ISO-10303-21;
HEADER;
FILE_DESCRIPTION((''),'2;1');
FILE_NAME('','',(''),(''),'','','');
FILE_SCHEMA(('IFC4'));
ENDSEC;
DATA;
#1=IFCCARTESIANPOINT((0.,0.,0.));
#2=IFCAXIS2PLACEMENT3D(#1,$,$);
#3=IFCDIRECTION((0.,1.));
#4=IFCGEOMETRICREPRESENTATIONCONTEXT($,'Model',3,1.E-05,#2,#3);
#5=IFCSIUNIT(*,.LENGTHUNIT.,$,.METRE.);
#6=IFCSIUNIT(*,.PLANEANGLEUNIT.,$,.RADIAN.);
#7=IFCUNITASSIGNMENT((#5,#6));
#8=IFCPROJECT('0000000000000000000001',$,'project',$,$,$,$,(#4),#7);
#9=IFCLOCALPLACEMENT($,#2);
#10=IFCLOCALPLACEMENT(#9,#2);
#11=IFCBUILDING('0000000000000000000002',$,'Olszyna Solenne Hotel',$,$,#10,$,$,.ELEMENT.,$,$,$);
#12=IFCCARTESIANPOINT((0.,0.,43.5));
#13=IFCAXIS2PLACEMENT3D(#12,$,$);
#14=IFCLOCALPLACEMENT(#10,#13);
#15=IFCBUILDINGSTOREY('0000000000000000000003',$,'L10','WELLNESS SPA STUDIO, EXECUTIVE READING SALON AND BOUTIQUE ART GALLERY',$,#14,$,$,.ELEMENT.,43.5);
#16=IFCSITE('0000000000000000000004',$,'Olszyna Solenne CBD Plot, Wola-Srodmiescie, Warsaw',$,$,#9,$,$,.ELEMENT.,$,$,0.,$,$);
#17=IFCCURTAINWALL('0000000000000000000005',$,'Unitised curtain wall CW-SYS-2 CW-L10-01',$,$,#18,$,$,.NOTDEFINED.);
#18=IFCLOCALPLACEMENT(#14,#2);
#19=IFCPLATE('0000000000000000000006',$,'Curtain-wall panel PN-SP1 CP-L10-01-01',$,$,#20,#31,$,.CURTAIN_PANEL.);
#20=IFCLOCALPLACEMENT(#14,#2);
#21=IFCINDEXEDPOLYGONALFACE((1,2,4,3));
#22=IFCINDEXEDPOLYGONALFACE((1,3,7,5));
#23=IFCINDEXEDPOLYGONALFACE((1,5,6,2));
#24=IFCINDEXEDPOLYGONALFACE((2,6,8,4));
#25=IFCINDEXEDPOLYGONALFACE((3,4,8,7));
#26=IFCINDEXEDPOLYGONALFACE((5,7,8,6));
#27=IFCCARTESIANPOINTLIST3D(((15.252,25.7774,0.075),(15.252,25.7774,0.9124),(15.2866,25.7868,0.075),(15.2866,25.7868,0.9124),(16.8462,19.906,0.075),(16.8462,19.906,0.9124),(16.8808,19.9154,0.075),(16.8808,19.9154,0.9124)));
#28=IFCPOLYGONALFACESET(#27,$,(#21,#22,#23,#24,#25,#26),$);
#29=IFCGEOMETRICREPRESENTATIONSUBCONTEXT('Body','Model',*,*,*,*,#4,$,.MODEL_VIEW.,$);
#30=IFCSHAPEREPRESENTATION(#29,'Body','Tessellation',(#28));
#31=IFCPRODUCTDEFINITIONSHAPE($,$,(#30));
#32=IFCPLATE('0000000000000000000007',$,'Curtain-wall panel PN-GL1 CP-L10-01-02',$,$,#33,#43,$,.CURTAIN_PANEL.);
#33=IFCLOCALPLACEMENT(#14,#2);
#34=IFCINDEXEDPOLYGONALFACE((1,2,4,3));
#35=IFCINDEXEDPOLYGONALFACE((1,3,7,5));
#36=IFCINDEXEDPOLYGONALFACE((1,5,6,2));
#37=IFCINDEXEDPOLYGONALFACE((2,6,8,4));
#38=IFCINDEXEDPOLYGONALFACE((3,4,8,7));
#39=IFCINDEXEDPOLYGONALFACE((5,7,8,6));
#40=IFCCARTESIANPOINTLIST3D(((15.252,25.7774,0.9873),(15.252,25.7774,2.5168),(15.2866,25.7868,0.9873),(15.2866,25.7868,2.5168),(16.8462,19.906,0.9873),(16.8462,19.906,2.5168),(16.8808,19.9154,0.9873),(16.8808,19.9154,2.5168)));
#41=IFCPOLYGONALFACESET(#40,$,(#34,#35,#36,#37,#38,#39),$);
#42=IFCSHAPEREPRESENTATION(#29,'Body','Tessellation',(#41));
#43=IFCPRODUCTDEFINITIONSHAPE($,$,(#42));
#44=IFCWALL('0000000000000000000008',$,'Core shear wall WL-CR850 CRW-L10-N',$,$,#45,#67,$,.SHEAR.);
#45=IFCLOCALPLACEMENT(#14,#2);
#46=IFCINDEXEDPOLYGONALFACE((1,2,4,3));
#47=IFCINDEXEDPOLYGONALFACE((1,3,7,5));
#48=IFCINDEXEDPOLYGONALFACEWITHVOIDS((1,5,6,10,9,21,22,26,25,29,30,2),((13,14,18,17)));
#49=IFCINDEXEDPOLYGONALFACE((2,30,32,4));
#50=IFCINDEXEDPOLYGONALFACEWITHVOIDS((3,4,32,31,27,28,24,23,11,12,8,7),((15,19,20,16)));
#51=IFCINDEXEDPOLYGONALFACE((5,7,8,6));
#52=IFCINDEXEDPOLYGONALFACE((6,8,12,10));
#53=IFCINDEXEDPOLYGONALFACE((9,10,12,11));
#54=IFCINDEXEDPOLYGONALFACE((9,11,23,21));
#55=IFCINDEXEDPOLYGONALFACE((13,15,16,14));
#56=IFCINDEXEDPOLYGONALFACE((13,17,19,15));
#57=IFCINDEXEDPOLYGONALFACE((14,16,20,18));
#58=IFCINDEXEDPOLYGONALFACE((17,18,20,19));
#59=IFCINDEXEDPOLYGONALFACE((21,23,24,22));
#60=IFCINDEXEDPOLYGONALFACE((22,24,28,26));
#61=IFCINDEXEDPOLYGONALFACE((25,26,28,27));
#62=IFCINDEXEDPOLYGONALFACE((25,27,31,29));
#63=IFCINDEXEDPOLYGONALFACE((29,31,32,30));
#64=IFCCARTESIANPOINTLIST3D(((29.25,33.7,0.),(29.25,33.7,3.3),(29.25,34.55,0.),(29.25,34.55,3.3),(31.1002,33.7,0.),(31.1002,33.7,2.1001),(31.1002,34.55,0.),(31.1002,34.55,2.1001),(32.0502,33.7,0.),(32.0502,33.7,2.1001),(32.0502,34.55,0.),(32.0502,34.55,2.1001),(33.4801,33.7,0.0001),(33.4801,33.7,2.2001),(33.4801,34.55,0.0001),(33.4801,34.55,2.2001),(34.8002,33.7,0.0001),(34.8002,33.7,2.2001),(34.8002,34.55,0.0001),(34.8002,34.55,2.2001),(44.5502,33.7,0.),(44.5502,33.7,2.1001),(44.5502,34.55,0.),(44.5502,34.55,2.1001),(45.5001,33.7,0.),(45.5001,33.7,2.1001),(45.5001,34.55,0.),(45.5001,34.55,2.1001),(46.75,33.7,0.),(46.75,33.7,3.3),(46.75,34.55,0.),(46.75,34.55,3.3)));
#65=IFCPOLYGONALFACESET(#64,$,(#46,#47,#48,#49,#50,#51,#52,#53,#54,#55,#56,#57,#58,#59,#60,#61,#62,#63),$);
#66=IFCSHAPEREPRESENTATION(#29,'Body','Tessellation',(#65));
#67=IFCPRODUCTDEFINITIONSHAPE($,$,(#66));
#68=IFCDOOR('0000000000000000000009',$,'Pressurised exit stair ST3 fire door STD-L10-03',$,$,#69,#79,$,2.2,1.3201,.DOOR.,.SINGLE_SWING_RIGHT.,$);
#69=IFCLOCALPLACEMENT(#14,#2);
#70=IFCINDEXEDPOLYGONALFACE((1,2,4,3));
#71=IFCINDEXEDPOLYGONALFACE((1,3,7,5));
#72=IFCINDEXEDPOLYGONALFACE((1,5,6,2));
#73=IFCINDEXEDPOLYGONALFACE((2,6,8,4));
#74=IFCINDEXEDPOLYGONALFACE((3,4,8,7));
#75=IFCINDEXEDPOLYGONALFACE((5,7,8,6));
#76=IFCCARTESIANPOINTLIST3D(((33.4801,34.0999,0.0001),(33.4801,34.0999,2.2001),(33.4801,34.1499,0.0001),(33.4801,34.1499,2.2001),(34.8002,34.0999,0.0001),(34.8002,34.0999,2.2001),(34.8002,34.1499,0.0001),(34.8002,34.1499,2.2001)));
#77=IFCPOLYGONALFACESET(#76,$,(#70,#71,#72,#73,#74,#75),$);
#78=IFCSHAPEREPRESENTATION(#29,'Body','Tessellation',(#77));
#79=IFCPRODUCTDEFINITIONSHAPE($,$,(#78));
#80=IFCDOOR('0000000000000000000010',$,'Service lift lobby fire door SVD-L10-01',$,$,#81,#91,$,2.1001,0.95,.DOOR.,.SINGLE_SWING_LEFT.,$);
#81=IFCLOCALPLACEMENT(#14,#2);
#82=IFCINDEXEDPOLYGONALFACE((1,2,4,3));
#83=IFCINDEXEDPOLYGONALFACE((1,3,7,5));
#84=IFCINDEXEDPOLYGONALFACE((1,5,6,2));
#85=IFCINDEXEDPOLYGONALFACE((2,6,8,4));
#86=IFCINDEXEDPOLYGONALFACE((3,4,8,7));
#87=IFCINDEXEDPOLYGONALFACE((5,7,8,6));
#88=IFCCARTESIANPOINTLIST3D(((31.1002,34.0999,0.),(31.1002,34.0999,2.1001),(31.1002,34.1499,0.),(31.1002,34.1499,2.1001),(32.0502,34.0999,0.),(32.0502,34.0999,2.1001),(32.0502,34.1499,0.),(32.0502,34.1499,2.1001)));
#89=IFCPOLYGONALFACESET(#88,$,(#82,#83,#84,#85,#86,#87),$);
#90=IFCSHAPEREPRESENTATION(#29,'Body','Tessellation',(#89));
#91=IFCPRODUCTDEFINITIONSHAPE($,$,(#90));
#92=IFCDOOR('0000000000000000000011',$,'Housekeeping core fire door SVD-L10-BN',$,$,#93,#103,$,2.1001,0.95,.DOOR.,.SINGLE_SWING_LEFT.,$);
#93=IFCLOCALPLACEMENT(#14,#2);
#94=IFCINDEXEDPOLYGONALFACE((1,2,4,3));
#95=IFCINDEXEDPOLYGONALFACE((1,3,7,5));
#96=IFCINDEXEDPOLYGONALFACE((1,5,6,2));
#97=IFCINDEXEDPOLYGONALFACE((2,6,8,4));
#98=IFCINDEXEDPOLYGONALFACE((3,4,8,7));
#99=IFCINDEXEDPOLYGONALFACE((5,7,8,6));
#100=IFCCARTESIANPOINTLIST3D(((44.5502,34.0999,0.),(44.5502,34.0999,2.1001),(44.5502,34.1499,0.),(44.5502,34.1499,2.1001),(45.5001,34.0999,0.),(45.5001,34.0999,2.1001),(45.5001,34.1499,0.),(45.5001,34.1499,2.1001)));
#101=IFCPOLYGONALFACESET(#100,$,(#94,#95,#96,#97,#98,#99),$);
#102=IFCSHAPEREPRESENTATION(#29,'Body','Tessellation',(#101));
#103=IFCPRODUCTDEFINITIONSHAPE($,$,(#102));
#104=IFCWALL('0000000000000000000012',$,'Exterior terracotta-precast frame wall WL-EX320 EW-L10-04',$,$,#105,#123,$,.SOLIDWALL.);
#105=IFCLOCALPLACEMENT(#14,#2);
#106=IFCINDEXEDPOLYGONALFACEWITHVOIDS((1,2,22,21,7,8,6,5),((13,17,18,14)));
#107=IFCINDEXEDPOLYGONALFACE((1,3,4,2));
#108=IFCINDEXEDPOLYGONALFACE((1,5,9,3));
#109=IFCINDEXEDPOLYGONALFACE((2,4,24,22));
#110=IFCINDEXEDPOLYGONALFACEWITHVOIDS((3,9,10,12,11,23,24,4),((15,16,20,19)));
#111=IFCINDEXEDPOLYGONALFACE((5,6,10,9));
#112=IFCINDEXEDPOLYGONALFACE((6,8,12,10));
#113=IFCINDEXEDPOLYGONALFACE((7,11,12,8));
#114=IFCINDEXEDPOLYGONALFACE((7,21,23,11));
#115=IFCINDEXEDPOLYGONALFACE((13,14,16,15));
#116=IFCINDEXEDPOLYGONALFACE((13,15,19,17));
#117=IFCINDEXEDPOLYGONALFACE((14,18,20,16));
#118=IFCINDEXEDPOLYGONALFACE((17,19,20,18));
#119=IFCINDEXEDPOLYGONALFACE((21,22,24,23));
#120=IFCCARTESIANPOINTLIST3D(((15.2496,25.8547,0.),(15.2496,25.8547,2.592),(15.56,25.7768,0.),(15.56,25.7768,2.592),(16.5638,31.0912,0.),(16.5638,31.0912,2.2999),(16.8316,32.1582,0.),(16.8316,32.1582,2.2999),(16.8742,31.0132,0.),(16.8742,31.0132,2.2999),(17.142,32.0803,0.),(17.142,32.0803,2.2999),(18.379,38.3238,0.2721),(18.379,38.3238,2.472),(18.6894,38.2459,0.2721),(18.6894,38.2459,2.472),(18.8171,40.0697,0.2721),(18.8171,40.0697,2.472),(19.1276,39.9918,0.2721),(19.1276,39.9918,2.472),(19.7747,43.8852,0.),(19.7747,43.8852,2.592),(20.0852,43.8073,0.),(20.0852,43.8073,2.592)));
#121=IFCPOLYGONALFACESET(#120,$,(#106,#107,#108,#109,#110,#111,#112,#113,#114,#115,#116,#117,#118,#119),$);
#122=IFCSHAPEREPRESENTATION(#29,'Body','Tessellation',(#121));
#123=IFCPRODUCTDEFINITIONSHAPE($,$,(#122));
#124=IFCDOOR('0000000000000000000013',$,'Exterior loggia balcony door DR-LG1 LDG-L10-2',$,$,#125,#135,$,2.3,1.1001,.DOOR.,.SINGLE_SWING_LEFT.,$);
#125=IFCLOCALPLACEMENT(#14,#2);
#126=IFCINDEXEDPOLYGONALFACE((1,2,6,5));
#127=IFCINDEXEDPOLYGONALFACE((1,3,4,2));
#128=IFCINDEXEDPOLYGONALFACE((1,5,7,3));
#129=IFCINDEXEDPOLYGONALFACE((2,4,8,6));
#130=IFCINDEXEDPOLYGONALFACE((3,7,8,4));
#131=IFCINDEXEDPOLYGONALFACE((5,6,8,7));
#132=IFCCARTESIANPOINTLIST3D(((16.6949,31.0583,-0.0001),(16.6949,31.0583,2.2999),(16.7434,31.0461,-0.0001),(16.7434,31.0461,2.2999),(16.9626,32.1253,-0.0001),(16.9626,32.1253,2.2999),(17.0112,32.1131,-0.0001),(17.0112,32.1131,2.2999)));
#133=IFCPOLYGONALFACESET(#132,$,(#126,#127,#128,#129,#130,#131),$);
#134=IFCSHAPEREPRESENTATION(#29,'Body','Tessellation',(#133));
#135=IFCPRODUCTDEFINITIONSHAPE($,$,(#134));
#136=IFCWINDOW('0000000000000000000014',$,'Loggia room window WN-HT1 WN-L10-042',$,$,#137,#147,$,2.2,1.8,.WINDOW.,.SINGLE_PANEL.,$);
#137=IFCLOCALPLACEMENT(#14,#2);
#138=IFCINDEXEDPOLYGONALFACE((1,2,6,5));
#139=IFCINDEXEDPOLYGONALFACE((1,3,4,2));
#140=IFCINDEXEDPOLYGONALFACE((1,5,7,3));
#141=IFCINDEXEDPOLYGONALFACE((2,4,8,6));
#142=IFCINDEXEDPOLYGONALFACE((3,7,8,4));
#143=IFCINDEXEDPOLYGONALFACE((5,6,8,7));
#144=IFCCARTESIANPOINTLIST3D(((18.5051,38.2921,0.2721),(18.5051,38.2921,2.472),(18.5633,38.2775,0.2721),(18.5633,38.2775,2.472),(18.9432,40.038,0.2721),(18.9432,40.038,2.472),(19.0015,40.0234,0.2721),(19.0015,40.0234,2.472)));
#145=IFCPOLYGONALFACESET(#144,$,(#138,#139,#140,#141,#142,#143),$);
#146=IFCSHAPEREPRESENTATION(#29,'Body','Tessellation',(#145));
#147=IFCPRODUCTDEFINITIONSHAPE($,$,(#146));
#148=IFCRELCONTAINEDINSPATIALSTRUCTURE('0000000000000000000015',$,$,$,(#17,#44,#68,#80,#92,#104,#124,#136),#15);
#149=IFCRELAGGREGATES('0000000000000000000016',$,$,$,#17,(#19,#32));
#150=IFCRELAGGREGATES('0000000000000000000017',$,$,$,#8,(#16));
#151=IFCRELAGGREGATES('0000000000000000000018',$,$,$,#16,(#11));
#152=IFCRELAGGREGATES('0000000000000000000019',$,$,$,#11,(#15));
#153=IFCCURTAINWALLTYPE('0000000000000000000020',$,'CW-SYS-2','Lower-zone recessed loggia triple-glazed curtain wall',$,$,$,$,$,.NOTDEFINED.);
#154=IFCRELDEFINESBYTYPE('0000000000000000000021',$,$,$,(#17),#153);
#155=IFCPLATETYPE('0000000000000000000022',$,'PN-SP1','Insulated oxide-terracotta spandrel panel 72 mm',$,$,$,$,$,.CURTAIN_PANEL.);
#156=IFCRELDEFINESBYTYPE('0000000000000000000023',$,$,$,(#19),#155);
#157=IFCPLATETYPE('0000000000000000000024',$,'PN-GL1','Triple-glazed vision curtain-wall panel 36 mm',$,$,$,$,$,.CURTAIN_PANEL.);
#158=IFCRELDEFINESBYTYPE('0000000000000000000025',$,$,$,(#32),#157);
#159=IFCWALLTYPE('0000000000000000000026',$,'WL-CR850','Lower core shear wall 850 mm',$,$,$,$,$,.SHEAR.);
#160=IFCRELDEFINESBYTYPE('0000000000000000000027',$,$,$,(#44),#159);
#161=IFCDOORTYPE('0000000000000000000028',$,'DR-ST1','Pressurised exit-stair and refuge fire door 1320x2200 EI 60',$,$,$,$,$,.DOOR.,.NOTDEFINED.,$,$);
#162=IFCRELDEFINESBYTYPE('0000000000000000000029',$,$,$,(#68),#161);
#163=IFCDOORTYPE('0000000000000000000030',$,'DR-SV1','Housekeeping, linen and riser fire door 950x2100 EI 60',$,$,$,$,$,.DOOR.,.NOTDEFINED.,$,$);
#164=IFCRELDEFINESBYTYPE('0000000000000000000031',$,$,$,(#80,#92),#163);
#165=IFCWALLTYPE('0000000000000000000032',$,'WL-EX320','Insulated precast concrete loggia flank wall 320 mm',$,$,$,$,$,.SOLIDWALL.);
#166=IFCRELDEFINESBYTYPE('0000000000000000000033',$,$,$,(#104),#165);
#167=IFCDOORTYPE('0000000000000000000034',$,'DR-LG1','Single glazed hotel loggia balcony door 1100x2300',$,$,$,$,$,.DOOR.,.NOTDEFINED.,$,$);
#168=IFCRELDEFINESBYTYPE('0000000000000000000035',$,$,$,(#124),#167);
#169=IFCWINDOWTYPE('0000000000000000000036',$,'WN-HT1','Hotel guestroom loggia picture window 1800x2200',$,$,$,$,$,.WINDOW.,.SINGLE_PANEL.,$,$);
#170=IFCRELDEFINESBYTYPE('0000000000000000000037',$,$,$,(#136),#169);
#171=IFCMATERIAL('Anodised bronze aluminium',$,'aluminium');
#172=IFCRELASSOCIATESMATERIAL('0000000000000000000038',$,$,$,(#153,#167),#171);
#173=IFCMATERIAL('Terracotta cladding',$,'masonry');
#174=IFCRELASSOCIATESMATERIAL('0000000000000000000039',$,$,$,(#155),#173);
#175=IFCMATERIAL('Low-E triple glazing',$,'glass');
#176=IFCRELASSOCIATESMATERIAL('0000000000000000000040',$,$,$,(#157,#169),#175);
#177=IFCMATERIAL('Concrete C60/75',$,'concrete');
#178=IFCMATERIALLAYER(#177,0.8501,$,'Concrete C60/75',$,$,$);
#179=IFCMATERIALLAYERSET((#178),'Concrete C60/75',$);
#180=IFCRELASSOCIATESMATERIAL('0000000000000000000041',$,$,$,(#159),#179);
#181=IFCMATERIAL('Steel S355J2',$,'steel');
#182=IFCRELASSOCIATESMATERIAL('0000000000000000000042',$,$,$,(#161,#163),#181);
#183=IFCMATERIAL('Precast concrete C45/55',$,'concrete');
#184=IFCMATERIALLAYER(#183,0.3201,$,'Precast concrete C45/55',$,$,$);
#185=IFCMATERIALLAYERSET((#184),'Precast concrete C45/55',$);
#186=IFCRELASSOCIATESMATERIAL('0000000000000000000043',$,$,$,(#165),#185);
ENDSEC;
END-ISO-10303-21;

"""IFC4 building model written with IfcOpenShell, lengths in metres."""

from ifc_helpers import new_model, si_unit, direction, frame, frame_2d, origin, origin_2d, place, context, subcontext, project, spatial, rectangle, extrude, source, transform, mapped, material, layer, layer_set, type_object, type_shapes, element, fill, aggregate, save


model = new_model("IFC4")

# Units and contexts
model_context = context("Model", 3, precision=1e-05, world=origin(), true_north=direction((0.0, 1.0)))
body_context = subcontext(model_context, "Body", "Model", "MODEL_VIEW")
ifc_project = project(units=[si_unit("LENGTHUNIT", "METRE"), si_unit("PLANEANGLEUNIT", "RADIAN")], contexts=[model_context])

# Site, building, storey
site_placement = place(None, origin())
site = spatial("IfcSite", under=ifc_project, at=site_placement, Name="Olszyna Solenne CBD Plot, Wola-Srodmiescie, Warsaw", CompositionType="ELEMENT", RefElevation=0.0)
building_placement = place(site_placement, origin())
building = spatial("IfcBuilding", under=site, at=building_placement, Name="Olszyna Solenne Hotel", CompositionType="ELEMENT")
storey_placement = place(building_placement, frame((0.0, 0.0, 43.5)))
storey = spatial("IfcBuildingStorey", under=building, at=storey_placement, Name="L10", Description="WELLNESS SPA STUDIO, EXECUTIVE READING SALON AND BOUTIQUE ART GALLERY", CompositionType="ELEMENT", Elevation=43.5)

# Shared definitions
ifc_material_1 = material(Name="Steel S355J2", Category="steel")

# Curtain wall
ifc_material_2 = material(Name="Anodised bronze aluminium", Category="aluminium")
curtain_wall_type = type_object("IfcCurtainWallType", Name="CW-SYS-2", Description="Lower-zone recessed loggia triple-glazed curtain wall", PredefinedType="NOTDEFINED", material=ifc_material_2)
curtain_wall_placement = place(storey_placement, origin())
curtain_wall = element("IfcCurtainWall", 1, at=curtain_wall_placement, inside=storey, type_object=curtain_wall_type, Name="Unitised curtain wall CW-SYS-2 CW-L10-01", PredefinedType="NOTDEFINED")

# Plates
ifc_material_3 = material(Name="Terracotta cladding", Category="masonry")
plate_type_1 = type_object("IfcPlateType", Name="PN-SP1", Description="Insulated oxide-terracotta spandrel panel 72 mm", PredefinedType="CURTAIN_PANEL", material=ifc_material_3)
shared_shape_1 = source(origin(), body_context, "Body", "SweptSolid", [
    extrude(rectangle(XDim=6.084, YDim=0.0359, at=origin_2d()), origin(), (0.0, 0.0, 1.0), 0.8374),
])
plate_1_placement = place(storey_placement, frame((16.0664, 22.8464, 0.075), z_axis=(0.0, 0.0, 1.0), x_axis=(0.262038, -0.965058, 0.0)))
plate_1 = element("IfcPlate", 2, at=plate_1_placement, type_object=plate_type_1, Name="Curtain-wall panel PN-SP1 CP-L10-01-01", PredefinedType="CURTAIN_PANEL", context=body_context, shape_type="MappedRepresentation", body=[
    mapped(shared_shape_1, transform((0.0, 0.0, 0.0), x_axis=(1.0, 0.0, 0.0), y_axis=(0.0, 1.0, 0.0), z_axis=(0.0, 0.0, 1.0), scale=1.0)),
])
ifc_material_4 = material(Name="Low-E triple glazing", Category="glass")
plate_type_2 = type_object("IfcPlateType", Name="PN-GL1", Description="Triple-glazed vision curtain-wall panel 36 mm", PredefinedType="CURTAIN_PANEL", material=ifc_material_4)
shared_shape_2 = source(origin(), body_context, "Body", "SweptSolid", [
    extrude(rectangle(XDim=6.084, YDim=0.0359, at=origin_2d()), origin(), (0.0, 0.0, 1.0), 1.5295),
])
plate_2_placement = place(storey_placement, frame((16.0664, 22.8464, 0.9873), z_axis=(0.0, 0.0, 1.0), x_axis=(0.262038, -0.965058, 0.0)))
plate_2 = element("IfcPlate", 3, at=plate_2_placement, type_object=plate_type_2, Name="Curtain-wall panel PN-GL1 CP-L10-01-02", PredefinedType="CURTAIN_PANEL", context=body_context, shape_type="MappedRepresentation", body=[
    mapped(shared_shape_2, transform((0.0, 0.0, 0.0), x_axis=(1.0, 0.0, 0.0), y_axis=(0.0, 1.0, 0.0), z_axis=(0.0, 0.0, 1.0), scale=1.0)),
])
aggregate(curtain_wall, [plate_1, plate_2])

# Wall, openings, doors
ifc_material_5 = material(Name="Concrete C60/75", Category="concrete")
ifc_layer_1 = layer(ifc_material_5, 0.8501, Name="Concrete C60/75")
ifc_layer_set_1 = layer_set([ifc_layer_1], Name="Concrete C60/75")
wall_type_1 = type_object("IfcWallType", Name="WL-CR850", Description="Lower core shear wall 850 mm", PredefinedType="SHEAR", material=ifc_layer_set_1)
wall_1_placement = place(storey_placement, frame((29.25, 34.125, 0.0), z_axis=(0.0, 0.0, 1.0), x_axis=(1.0, 0.0, 0.0)))
wall_1 = element("IfcWall", 4, at=wall_1_placement, inside=storey, type_object=wall_type_1, Name="Core shear wall WL-CR850 CRW-L10-N", PredefinedType="SHEAR", context=body_context, shape_type="SweptSolid", body=[
    extrude(rectangle(XDim=17.5, YDim=0.8501, at=frame_2d((8.75, 0.0))), origin(), (0.0, 0.0, 1.0), 3.3),
])
opening_1_placement = place(wall_1_placement, frame((1.8501, 0.0, 0.0)))
opening_1 = element("IfcOpeningElement", 5, at=opening_1_placement, cuts=wall_1, PredefinedType="OPENING", context=body_context, shape_type="SweptSolid", body=[
    extrude(rectangle(XDim=0.95, YDim=2.1001, at=frame_2d((0.4751, 1.05))), frame((0.0, 0.4351, 0.0), z_axis=(0.0, -1.0, 0.0), x_axis=(1.0, 0.0, 0.0)), (0.0, 0.0, 1.0), 0.8701),
])
opening_2_placement = place(wall_1_placement, frame((4.23, 0.0, 0.0)))
opening_2 = element("IfcOpeningElement", 6, at=opening_2_placement, cuts=wall_1, PredefinedType="OPENING", context=body_context, shape_type="SweptSolid", body=[
    extrude(rectangle(XDim=1.3201, YDim=2.2, at=frame_2d((0.6602, 1.1001))), frame((0.0, 0.4351, 0.0), z_axis=(0.0, -1.0, 0.0), x_axis=(1.0, 0.0, 0.0)), (0.0, 0.0, 1.0), 0.8701),
])
opening_3_placement = place(wall_1_placement, frame((15.3, 0.0, 0.0)))
opening_3 = element("IfcOpeningElement", 7, at=opening_3_placement, cuts=wall_1, PredefinedType="OPENING", context=body_context, shape_type="SweptSolid", body=[
    extrude(rectangle(XDim=0.95, YDim=2.1001, at=frame_2d((0.4751, 1.05))), frame((0.0, 0.4351, 0.0), z_axis=(0.0, -1.0, 0.0), x_axis=(1.0, 0.0, 0.0)), (0.0, 0.0, 1.0), 0.8701),
])
door_type_1 = type_object("IfcDoorType", Name="DR-ST1", Description="Pressurised exit-stair and refuge fire door 1320x2200 EI 60", OperationType="NOTDEFINED", PredefinedType="DOOR", material=ifc_material_1)
shared_shape_3 = source(origin(), body_context, "Body", "SweptSolid", [
    extrude(rectangle(XDim=1.3201, YDim=2.2, at=frame_2d((0.6602, 1.1001))), frame((0.0, 0.0249, 0.0), z_axis=(0.0, -1.0, 0.0), x_axis=(1.0, 0.0, 0.0)), (0.0, 0.0, 1.0), 0.05),
])
type_shapes(door_type_1, [shared_shape_3])
door_1_placement = place(opening_2_placement, origin())
door_1 = element("IfcDoor", 8, at=door_1_placement, inside=storey, type_object=door_type_1, Name="Pressurised exit stair ST3 fire door STD-L10-03", OperationType="SINGLE_SWING_RIGHT", OverallHeight=2.2, OverallWidth=1.3201, PredefinedType="DOOR", context=body_context, shape_type="MappedRepresentation", body=[
    mapped(shared_shape_3, transform((0.0, 0.0, 0.0), x_axis=(1.0, 0.0, 0.0), y_axis=(0.0, 1.0, 0.0), z_axis=(0.0, 0.0, 1.0), scale=1.0)),
])
fill(opening_2, door_1)
door_type_2 = type_object("IfcDoorType", Name="DR-SV1", Description="Housekeeping, linen and riser fire door 950x2100 EI 60", OperationType="NOTDEFINED", PredefinedType="DOOR", material=ifc_material_1)
shared_shape_4 = source(origin(), body_context, "Body", "SweptSolid", [
    extrude(rectangle(XDim=0.95, YDim=2.1001, at=frame_2d((0.4751, 1.05))), frame((0.0, 0.0249, 0.0), z_axis=(0.0, -1.0, 0.0), x_axis=(1.0, 0.0, 0.0)), (0.0, 0.0, 1.0), 0.05),
])
type_shapes(door_type_2, [shared_shape_4])
door_2_placement = place(opening_1_placement, origin())
door_2 = element("IfcDoor", 9, at=door_2_placement, inside=storey, type_object=door_type_2, Name="Service lift lobby fire door SVD-L10-01", OperationType="SINGLE_SWING_LEFT", OverallHeight=2.1001, OverallWidth=0.95, PredefinedType="DOOR", context=body_context, shape_type="MappedRepresentation", body=[
    mapped(shared_shape_4, transform((0.0, 0.0, 0.0), x_axis=(1.0, 0.0, 0.0), y_axis=(0.0, 1.0, 0.0), z_axis=(0.0, 0.0, 1.0), scale=1.0)),
])
fill(opening_1, door_2)
door_3_placement = place(opening_3_placement, origin())
door_3 = element("IfcDoor", 10, at=door_3_placement, inside=storey, type_object=door_type_2, Name="Housekeeping core fire door SVD-L10-BN", OperationType="SINGLE_SWING_LEFT", OverallHeight=2.1001, OverallWidth=0.95, PredefinedType="DOOR", context=body_context, shape_type="MappedRepresentation", body=[
    mapped(shared_shape_4, transform((0.0, 0.0, 0.0), x_axis=(1.0, 0.0, 0.0), y_axis=(0.0, 1.0, 0.0), z_axis=(0.0, 0.0, 1.0), scale=1.0)),
])
fill(opening_3, door_3)

# Wall, openings, door, window
ifc_material_6 = material(Name="Precast concrete C45/55", Category="concrete")
ifc_layer_2 = layer(ifc_material_6, 0.3201, Name="Precast concrete C45/55")
ifc_layer_set_2 = layer_set([ifc_layer_2], Name="Precast concrete C45/55")
wall_type_2 = type_object("IfcWallType", Name="WL-EX320", Description="Insulated precast concrete loggia flank wall 320 mm", PredefinedType="SOLIDWALL", material=ifc_layer_set_2)
wall_2_placement = place(storey_placement, frame((15.4048, 25.8157, 0.0), z_axis=(0.0, 0.0, 1.0), x_axis=(0.243422, 0.96992, 0.0)))
wall_2 = element("IfcWall", 11, at=wall_2_placement, inside=storey, type_object=wall_type_2, Name="Exterior terracotta-precast frame wall WL-EX320 EW-L10-04", PredefinedType="SOLIDWALL", context=body_context, shape_type="SweptSolid", body=[
    extrude(rectangle(XDim=18.5896, YDim=0.3201, at=frame_2d((9.2949, 0.0))), origin(), (0.0, 0.0, 1.0), 2.592),
])
opening_4_placement = place(wall_2_placement, frame((5.3989, 0.0, 0.0)))
opening_4 = element("IfcOpeningElement", 12, at=opening_4_placement, cuts=wall_2, PredefinedType="OPENING", context=body_context, shape_type="SweptSolid", body=[
    extrude(rectangle(XDim=1.1001, YDim=2.3, at=frame_2d((0.55, 1.1499))), frame((0.0, 0.1699, 0.0), z_axis=(0.0, -1.0, 0.0), x_axis=(1.0, 0.0, 0.0)), (0.0, 0.0, 1.0), 0.3401),
])
opening_5_placement = place(wall_2_placement, frame((12.856, 0.0, 0.272)))
opening_5 = element("IfcOpeningElement", 13, at=opening_5_placement, cuts=wall_2, PredefinedType="OPENING", context=body_context, shape_type="SweptSolid", body=[
    extrude(rectangle(XDim=1.8, YDim=2.2, at=frame_2d((0.8999, 1.1001))), frame((0.0, 0.1699, 0.0), z_axis=(0.0, -1.0, 0.0), x_axis=(1.0, 0.0, 0.0)), (0.0, 0.0, 1.0), 0.3401),
])
door_type_3 = type_object("IfcDoorType", Name="DR-LG1", Description="Single glazed hotel loggia balcony door 1100x2300", OperationType="NOTDEFINED", PredefinedType="DOOR", material=ifc_material_2)
shared_shape_5 = source(origin(), body_context, "Body", "SweptSolid", [
    extrude(rectangle(XDim=1.1001, YDim=2.3, at=frame_2d((0.55, 1.1499))), frame((0.0, 0.0249, 0.0), z_axis=(0.0, -1.0, 0.0), x_axis=(1.0, 0.0, 0.0)), (0.0, 0.0, 1.0), 0.05),
])
type_shapes(door_type_3, [shared_shape_5])
door_4_placement = place(opening_4_placement, origin())
door_4 = element("IfcDoor", 14, at=door_4_placement, inside=storey, type_object=door_type_3, Name="Exterior loggia balcony door DR-LG1 LDG-L10-2", OperationType="SINGLE_SWING_LEFT", OverallHeight=2.3, OverallWidth=1.1001, PredefinedType="DOOR", context=body_context, shape_type="MappedRepresentation", body=[
    mapped(shared_shape_5, transform((0.0, 0.0, 0.0), x_axis=(1.0, 0.0, 0.0), y_axis=(0.0, 1.0, 0.0), z_axis=(0.0, 0.0, 1.0), scale=1.0)),
])
fill(opening_4, door_4)
window_type = type_object("IfcWindowType", Name="WN-HT1", Description="Hotel guestroom loggia picture window 1800x2200", PartitioningType="SINGLE_PANEL", PredefinedType="WINDOW", material=ifc_material_4)
shared_shape_6 = source(origin(), body_context, "Body", "SweptSolid", [
    extrude(rectangle(XDim=1.8, YDim=2.2, at=frame_2d((0.8999, 1.1001))), frame((0.0, 0.03, 0.0), z_axis=(0.0, -1.0, 0.0), x_axis=(1.0, 0.0, 0.0)), (0.0, 0.0, 1.0), 0.0601),
])
type_shapes(window_type, [shared_shape_6])
window_placement = place(opening_5_placement, origin())
window = element("IfcWindow", 15, at=window_placement, inside=storey, type_object=window_type, Name="Loggia room window WN-HT1 WN-L10-042", OverallHeight=2.2, OverallWidth=1.8, PartitioningType="SINGLE_PANEL", PredefinedType="WINDOW", context=body_context, shape_type="MappedRepresentation", body=[
    mapped(shared_shape_6, transform((0.0, 0.0, 0.0), x_axis=(1.0, 0.0, 0.0), y_axis=(0.0, 1.0, 0.0), z_axis=(0.0, 0.0, 1.0), scale=1.0)),
])
fill(opening_5, window)

save(model, "model.ifc")
